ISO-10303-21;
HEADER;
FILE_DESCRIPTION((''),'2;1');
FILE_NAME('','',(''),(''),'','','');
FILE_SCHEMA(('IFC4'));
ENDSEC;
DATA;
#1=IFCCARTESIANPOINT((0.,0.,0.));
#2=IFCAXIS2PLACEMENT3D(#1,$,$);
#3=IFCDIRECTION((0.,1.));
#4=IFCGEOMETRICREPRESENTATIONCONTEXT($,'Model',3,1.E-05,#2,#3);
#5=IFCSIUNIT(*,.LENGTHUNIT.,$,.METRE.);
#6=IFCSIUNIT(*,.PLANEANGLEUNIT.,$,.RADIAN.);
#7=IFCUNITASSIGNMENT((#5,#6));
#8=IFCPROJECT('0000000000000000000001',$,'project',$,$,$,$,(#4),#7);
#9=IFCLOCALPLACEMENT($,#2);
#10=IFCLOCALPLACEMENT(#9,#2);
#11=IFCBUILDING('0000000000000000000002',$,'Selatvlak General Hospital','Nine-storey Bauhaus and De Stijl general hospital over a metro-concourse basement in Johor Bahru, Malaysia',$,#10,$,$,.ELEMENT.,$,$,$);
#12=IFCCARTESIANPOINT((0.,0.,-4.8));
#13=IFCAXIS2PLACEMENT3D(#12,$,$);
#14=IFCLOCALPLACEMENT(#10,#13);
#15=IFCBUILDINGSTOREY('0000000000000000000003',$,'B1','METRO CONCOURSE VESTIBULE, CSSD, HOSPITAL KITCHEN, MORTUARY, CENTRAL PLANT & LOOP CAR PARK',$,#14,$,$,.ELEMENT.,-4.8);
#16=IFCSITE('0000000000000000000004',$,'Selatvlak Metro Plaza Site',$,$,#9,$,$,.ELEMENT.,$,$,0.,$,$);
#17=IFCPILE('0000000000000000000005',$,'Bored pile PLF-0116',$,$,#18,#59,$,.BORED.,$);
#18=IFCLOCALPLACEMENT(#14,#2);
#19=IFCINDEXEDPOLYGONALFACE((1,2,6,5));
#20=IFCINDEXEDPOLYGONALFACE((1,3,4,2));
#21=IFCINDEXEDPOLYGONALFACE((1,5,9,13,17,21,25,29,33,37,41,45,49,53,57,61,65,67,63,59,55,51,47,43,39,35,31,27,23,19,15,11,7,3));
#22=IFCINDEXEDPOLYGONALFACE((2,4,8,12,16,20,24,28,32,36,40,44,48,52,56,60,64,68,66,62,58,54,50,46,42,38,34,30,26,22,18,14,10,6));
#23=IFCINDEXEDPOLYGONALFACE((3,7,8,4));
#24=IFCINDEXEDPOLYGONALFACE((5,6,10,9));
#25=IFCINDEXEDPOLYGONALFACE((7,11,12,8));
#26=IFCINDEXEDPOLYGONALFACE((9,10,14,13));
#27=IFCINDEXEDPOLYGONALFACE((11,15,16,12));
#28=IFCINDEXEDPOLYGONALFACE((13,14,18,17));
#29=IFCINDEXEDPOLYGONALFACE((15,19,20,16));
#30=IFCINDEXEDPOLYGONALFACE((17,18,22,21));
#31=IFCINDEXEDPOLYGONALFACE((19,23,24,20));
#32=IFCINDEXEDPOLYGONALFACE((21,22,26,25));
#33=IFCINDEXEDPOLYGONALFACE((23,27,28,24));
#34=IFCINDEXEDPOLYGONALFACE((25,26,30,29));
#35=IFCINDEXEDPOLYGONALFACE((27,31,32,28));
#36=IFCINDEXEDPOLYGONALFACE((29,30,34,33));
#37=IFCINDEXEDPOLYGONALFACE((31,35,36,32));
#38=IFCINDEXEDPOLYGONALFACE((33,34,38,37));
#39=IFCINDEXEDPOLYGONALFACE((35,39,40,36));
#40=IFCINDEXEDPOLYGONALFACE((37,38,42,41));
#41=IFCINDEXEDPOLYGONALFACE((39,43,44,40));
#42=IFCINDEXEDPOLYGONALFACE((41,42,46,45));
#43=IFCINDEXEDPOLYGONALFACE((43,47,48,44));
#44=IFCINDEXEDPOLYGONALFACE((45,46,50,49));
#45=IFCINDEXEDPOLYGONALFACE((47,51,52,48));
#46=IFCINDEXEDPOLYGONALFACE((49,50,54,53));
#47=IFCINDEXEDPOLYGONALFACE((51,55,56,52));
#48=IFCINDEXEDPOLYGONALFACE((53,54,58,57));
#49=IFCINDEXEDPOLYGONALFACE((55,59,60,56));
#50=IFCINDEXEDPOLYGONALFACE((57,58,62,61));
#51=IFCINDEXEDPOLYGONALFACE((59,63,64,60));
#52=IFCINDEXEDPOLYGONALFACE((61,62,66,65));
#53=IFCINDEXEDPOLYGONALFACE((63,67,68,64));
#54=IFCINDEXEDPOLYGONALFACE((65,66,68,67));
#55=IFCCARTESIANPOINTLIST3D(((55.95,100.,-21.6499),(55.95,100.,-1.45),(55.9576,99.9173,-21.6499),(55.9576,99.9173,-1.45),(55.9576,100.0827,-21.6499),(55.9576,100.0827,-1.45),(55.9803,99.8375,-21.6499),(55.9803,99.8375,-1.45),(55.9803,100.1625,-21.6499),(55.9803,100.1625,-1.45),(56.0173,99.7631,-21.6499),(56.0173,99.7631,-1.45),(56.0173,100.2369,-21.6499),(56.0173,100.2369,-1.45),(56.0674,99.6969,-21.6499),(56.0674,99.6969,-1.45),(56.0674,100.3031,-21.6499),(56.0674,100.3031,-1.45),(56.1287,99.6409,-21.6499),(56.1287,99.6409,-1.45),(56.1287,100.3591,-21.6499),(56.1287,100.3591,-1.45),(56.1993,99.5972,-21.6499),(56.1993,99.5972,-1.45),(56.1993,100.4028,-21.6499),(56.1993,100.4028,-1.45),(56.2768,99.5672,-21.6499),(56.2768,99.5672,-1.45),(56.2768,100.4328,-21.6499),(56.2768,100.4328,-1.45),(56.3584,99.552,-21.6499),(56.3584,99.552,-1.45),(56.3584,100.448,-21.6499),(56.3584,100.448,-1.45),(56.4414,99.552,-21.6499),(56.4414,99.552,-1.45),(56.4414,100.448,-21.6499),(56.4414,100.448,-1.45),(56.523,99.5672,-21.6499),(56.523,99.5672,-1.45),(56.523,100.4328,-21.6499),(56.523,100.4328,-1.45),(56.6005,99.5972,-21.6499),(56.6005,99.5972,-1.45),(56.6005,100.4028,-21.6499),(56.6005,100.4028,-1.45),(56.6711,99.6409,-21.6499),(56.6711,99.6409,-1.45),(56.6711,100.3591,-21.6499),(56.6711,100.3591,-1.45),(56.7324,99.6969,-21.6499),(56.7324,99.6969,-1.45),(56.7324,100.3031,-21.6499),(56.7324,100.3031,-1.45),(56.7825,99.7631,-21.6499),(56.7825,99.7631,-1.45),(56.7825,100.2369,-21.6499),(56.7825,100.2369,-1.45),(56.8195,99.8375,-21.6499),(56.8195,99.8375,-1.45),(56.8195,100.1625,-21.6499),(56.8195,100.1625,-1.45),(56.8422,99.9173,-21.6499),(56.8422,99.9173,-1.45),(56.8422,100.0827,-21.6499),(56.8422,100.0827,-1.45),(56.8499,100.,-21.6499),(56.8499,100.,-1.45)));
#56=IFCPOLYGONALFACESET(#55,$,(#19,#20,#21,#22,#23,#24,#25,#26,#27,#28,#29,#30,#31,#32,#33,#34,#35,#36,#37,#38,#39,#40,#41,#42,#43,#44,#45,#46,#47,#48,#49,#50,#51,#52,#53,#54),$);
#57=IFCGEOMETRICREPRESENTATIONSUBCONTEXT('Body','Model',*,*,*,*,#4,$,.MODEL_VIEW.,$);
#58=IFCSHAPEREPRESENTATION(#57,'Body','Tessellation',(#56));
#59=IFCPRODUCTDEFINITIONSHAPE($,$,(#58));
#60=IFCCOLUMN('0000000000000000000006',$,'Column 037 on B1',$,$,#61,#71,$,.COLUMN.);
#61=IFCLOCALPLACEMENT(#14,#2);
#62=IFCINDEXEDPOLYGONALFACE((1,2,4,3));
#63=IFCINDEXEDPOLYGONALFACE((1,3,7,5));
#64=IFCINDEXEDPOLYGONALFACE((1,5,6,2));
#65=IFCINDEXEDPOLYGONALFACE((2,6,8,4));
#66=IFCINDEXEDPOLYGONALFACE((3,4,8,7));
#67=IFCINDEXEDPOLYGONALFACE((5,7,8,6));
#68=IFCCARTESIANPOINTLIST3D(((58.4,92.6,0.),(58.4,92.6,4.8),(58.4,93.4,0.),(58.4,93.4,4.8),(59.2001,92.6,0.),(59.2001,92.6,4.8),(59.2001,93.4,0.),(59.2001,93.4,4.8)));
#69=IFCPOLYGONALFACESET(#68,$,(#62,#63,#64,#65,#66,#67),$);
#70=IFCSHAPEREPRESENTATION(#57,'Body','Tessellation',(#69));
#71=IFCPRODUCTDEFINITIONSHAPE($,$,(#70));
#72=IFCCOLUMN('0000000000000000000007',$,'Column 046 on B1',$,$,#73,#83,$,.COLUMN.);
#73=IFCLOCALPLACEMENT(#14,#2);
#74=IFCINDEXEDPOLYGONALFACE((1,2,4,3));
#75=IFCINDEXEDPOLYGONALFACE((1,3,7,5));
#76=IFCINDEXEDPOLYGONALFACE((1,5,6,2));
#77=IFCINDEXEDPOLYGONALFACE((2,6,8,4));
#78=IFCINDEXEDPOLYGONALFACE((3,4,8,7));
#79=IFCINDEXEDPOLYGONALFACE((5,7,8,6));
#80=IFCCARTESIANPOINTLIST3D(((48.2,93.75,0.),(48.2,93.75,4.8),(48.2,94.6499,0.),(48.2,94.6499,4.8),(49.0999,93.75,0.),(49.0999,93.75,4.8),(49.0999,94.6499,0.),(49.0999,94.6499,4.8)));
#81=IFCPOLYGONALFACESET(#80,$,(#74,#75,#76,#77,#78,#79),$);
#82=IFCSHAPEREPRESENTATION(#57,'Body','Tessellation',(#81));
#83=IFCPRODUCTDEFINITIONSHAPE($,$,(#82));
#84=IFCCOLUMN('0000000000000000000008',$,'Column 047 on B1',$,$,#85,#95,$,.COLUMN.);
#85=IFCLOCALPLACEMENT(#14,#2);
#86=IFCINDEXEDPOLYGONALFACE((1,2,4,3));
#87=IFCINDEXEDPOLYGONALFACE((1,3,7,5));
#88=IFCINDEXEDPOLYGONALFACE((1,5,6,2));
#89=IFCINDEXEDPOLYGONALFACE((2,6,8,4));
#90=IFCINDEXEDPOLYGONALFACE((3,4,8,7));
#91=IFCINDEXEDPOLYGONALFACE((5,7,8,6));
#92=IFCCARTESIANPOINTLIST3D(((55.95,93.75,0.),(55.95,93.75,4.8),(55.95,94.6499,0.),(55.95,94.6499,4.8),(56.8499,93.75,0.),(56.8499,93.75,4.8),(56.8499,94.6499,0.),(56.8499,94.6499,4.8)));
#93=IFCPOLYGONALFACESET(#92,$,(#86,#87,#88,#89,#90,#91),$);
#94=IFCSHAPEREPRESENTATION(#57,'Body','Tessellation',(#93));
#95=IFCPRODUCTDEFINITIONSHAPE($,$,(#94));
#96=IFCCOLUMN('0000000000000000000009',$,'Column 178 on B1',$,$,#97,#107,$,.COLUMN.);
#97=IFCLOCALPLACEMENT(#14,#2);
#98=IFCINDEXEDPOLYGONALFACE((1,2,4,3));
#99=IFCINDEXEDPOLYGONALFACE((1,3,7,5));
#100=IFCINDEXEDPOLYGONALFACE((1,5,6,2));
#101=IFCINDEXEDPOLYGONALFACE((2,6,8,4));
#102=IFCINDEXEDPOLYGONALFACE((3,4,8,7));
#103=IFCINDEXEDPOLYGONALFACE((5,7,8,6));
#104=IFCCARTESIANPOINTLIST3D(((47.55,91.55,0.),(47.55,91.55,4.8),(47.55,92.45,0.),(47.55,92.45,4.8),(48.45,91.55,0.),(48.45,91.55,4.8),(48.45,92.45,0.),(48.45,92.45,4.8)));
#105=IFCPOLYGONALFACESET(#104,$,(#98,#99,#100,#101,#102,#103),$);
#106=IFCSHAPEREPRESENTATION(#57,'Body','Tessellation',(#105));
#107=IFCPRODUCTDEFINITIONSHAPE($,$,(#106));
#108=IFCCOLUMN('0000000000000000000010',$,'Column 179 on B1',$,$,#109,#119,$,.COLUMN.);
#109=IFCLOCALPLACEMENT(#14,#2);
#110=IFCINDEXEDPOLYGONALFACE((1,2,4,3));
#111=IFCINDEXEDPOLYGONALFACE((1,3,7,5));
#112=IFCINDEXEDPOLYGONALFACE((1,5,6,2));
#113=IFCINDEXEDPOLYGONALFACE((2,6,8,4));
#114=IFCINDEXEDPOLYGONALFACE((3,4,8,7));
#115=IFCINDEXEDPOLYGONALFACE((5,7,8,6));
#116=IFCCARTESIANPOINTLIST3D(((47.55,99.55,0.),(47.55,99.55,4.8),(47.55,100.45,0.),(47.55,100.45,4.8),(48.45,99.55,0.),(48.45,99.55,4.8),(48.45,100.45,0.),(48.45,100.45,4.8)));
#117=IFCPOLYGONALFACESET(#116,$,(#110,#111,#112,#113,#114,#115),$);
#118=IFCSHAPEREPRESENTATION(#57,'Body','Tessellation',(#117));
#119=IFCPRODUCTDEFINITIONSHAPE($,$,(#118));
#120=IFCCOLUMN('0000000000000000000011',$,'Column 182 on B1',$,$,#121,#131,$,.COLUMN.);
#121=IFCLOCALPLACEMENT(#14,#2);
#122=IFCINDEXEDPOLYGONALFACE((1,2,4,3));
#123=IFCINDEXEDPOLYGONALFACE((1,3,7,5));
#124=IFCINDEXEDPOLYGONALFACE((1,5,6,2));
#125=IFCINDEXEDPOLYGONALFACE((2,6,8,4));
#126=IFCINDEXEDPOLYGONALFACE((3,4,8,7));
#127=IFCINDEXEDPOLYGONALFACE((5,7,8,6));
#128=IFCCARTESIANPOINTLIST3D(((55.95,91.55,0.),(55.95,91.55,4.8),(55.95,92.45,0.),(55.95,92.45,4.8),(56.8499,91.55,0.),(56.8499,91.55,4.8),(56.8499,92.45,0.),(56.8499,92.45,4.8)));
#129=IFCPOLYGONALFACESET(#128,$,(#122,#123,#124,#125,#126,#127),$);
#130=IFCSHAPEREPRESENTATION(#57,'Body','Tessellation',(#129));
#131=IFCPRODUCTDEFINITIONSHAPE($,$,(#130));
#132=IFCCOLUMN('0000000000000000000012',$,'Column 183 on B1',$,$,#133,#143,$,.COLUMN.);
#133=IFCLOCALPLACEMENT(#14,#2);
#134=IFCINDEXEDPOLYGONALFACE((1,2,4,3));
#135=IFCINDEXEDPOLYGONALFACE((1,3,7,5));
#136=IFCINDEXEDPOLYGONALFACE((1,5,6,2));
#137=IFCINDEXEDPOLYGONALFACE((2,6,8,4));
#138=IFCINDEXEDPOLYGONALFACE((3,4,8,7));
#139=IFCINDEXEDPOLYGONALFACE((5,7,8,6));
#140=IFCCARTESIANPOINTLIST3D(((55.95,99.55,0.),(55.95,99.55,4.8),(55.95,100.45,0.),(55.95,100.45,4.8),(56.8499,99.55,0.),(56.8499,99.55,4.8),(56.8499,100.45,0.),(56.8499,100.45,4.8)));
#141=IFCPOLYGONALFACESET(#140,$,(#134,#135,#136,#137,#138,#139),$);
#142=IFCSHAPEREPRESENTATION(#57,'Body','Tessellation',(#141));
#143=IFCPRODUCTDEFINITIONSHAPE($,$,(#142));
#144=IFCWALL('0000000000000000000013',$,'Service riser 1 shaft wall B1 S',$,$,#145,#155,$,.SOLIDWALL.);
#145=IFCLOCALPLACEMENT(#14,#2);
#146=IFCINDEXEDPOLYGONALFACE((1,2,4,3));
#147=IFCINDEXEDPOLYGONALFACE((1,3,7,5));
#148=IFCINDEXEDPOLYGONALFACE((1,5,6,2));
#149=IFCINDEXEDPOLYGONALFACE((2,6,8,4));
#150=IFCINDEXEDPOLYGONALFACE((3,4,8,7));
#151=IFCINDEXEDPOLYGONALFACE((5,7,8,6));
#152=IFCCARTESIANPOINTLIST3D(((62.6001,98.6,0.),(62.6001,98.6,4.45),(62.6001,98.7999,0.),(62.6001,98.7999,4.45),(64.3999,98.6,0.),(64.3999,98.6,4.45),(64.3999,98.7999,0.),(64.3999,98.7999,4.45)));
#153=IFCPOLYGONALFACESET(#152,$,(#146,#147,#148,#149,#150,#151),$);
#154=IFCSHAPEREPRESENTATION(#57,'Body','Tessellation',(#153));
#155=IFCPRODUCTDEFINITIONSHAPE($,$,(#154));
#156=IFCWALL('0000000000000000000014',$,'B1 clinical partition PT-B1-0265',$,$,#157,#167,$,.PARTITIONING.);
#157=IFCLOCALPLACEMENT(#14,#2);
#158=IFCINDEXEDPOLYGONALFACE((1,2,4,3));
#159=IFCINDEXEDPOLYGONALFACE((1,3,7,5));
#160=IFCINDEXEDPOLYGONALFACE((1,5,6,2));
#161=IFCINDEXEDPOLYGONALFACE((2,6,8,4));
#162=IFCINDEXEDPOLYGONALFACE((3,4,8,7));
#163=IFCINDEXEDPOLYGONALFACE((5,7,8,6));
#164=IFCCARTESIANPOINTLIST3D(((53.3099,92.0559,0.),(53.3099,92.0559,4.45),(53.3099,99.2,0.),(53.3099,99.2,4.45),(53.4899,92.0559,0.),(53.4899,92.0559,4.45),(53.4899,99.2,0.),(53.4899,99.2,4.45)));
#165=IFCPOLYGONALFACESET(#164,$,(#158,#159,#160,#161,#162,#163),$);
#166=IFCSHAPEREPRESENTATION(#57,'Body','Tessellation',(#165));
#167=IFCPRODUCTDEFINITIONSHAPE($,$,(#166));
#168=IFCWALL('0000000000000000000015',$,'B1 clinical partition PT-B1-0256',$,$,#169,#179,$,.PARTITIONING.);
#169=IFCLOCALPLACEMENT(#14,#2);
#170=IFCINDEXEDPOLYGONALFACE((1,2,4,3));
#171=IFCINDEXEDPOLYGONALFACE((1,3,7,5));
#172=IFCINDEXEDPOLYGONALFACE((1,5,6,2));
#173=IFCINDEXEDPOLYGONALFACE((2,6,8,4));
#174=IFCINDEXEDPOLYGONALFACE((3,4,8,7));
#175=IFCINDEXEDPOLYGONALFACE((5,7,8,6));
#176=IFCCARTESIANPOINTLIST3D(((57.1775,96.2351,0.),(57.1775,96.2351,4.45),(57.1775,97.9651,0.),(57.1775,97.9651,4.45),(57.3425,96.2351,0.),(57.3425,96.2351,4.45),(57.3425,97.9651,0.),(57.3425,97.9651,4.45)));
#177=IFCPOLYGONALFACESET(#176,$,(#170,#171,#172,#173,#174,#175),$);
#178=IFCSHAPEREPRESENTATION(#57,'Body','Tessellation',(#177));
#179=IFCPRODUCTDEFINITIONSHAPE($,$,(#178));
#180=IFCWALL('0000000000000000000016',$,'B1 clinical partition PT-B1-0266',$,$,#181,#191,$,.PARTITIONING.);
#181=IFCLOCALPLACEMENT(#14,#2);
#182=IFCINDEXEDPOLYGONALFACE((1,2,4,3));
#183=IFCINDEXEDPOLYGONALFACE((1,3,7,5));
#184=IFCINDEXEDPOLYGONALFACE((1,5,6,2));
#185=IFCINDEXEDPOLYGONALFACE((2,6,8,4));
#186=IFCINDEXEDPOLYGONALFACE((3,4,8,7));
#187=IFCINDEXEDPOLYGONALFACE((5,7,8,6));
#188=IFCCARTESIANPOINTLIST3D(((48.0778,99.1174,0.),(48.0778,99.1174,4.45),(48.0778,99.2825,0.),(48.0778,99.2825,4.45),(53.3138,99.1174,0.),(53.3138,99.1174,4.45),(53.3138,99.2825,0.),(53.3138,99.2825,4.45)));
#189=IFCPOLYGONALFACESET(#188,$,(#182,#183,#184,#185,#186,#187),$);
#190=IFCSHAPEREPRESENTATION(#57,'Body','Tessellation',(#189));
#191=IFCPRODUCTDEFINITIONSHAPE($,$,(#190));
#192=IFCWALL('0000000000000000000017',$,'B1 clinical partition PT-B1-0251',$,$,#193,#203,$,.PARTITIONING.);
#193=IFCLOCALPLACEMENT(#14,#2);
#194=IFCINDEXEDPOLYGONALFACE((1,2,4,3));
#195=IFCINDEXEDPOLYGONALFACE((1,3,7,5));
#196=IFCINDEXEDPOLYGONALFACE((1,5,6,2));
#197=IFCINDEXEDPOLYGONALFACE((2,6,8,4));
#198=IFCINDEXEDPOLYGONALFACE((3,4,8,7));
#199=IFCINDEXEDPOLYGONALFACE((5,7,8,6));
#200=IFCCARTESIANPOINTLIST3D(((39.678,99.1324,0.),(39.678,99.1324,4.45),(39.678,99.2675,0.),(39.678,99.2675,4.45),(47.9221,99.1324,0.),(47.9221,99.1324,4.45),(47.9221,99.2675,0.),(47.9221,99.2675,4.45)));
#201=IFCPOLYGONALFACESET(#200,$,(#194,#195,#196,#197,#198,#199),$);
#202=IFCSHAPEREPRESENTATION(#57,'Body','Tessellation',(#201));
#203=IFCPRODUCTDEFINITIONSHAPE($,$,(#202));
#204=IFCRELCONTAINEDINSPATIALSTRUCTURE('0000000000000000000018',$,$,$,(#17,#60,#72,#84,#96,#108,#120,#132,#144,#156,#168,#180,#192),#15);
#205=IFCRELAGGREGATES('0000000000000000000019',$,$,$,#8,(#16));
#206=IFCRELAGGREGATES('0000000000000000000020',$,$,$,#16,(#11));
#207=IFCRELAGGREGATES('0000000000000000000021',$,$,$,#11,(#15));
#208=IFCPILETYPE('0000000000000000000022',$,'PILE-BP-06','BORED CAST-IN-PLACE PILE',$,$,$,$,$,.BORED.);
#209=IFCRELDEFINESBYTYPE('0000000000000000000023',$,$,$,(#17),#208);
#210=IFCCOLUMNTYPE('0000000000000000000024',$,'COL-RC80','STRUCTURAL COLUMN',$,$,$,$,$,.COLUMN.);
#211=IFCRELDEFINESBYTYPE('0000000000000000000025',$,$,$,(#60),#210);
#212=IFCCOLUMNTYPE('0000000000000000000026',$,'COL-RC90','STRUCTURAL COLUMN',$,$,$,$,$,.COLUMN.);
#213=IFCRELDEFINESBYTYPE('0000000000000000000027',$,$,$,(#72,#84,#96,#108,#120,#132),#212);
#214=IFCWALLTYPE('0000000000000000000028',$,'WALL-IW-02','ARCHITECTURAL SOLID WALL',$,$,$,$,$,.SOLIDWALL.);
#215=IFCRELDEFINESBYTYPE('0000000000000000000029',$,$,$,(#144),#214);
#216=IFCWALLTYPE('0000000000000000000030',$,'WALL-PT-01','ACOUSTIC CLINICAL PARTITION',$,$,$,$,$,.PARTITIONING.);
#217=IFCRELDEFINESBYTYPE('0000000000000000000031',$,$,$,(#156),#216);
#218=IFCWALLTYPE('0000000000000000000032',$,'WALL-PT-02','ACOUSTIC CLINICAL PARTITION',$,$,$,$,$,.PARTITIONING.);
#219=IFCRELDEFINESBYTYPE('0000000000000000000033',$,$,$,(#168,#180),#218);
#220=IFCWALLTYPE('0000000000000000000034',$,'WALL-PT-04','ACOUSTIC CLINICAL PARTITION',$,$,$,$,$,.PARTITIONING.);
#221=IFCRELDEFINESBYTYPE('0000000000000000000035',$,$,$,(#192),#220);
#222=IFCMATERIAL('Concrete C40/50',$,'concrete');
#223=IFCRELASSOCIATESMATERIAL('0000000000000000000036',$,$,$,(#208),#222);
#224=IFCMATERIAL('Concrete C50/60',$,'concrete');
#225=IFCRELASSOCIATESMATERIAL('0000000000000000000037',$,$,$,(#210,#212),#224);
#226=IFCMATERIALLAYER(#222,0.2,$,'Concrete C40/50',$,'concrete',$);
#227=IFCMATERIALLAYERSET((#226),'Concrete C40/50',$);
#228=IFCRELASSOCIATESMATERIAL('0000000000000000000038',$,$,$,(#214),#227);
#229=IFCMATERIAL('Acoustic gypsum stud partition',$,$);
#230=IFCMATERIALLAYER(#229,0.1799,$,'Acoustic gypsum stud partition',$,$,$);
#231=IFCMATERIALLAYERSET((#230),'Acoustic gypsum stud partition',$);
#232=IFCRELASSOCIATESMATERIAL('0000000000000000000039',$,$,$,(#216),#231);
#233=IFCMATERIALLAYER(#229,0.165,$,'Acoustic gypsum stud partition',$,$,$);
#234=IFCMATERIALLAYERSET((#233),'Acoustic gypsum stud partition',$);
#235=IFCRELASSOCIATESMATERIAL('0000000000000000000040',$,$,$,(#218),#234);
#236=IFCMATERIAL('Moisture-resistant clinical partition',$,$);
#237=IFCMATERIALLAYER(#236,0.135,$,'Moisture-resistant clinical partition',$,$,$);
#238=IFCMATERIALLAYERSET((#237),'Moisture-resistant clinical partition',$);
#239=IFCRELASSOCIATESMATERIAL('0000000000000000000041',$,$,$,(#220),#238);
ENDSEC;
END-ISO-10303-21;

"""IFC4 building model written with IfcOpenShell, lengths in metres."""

from ifc_helpers import new_model, si_unit, direction, frame, frame_2d, origin, origin_2d, place, context, subcontext, project, spatial, rectangle, circle, extrude, material, layer, layer_set, material_profile, profile_set, type_object, element, save


model = new_model("IFC4")

# Units and contexts
model_context = context("Model", 3, precision=1e-05, world=origin(), true_north=direction((0.0, 1.0)))
body_context = subcontext(model_context, "Body", "Model", "MODEL_VIEW")
ifc_project = project(units=[si_unit("LENGTHUNIT", "METRE"), si_unit("PLANEANGLEUNIT", "RADIAN")], contexts=[model_context])

# Site, building, storey
site_placement = place(None, origin())
site = spatial("IfcSite", under=ifc_project, at=site_placement, Name="Selatvlak Metro Plaza Site", CompositionType="ELEMENT", RefElevation=0.0)
building_placement = place(site_placement, origin())
building = spatial("IfcBuilding", under=site, at=building_placement, Name="Selatvlak General Hospital", Description="Nine-storey Bauhaus and De Stijl general hospital over a metro-concourse basement in Johor Bahru, Malaysia", CompositionType="ELEMENT")
storey_placement = place(building_placement, frame((0.0, 0.0, -4.8)))
storey = spatial("IfcBuildingStorey", under=building, at=storey_placement, Name="B1", Description="METRO CONCOURSE VESTIBULE, CSSD, HOSPITAL KITCHEN, MORTUARY, CENTRAL PLANT & LOOP CAR PARK", CompositionType="ELEMENT", Elevation=-4.8)

# Shared definitions
ifc_material_1 = material(Name="Concrete C40/50", Category="concrete")

# Pile
ifc_material_profile_1 = material_profile(ifc_material_1, circle(Radius=0.45, at=origin_2d()), Name="BORED PILE 900")
ifc_profile_set_1 = profile_set([ifc_material_profile_1], Name="Concrete C40/50")
pile_type_1 = type_object("IfcPileType", Name="PILE-BP-06", Description="BORED CAST-IN-PLACE PILE", PredefinedType="BORED", material=ifc_profile_set_1)
pile_1_placement = place(storey_placement, frame((56.3999, 100.0, -1.45), z_axis=(0.0, 0.0, -1.0), x_axis=(1.0, 0.0, 0.0)))
element("IfcPile", 1, at=pile_1_placement, inside=storey, type_object=pile_type_1, Name="Bored pile PLF-0116", PredefinedType="BORED", context=body_context, shape_type="SweptSolid", body=[
    extrude(circle(Radius=0.45, at=origin_2d()), origin(), (0.0, 0.0, 1.0), 20.2),
])

# Columns
ifc_material_2 = material(Name="Concrete C50/60", Category="concrete")
ifc_material_profile_2 = material_profile(ifc_material_2, rectangle(XDim=0.8, YDim=0.8, at=origin_2d()), Name="RC-COL 800x800")
ifc_profile_set_2 = profile_set([ifc_material_profile_2], Name="Concrete C50/60")
column_type_1 = type_object("IfcColumnType", Name="COL-RC80", Description="STRUCTURAL COLUMN", PredefinedType="COLUMN", material=ifc_profile_set_2)
column_placement = place(storey_placement, frame((58.8, 93.0, 0.0), z_axis=(0.0, 0.0, 1.0), x_axis=(1.0, 0.0, 0.0)))
element("IfcColumn", 2, at=column_placement, inside=storey, type_object=column_type_1, Name="Column 037 on B1", PredefinedType="COLUMN", context=body_context, shape_type="SweptSolid", body=[
    extrude(rectangle(XDim=0.8, YDim=0.8, at=origin_2d()), origin(), (0.0, 0.0, 1.0), 4.8),
])
ifc_material_profile_3 = material_profile(ifc_material_2, rectangle(XDim=0.8999, YDim=0.8999, at=origin_2d()), Name="RC-COL 900x900")
ifc_profile_set_3 = profile_set([ifc_material_profile_3], Name="Concrete C50/60")
column_type_2 = type_object("IfcColumnType", Name="COL-RC90", Description="STRUCTURAL COLUMN", PredefinedType="COLUMN", material=ifc_profile_set_3)
for number, where, z_axis, x_axis, name in (
    (3, (48.6499, 94.2, 0.0), (0.0, 0.0, 1.0), (1.0, 0.0, 0.0), "Column 046 on B1"),
    (4, (56.3999, 94.2, 0.0), (0.0, 0.0, 1.0), (1.0, 0.0, 0.0), "Column 047 on B1"),
    (5, (48.0, 92.0, 0.0), (0.0, 0.0, 1.0), (1.0, 0.0, 0.0), "Column 178 on B1"),
    (6, (48.0, 100.0, 0.0), (0.0, 0.0, 1.0), (1.0, 0.0, 0.0), "Column 179 on B1"),
    (7, (56.3999, 92.0, 0.0), (0.0, 0.0, 1.0), (1.0, 0.0, 0.0), "Column 182 on B1"),
    (8, (56.3999, 100.0, 0.0), (0.0, 0.0, 1.0), (1.0, 0.0, 0.0), "Column 183 on B1"),
):
    element("IfcColumn", number, at=place(storey_placement, frame(where, z_axis=z_axis, x_axis=x_axis)), inside=storey, type_object=column_type_2, Name=name, PredefinedType="COLUMN", context=body_context, shape_type="SweptSolid", body=[
        extrude(rectangle(XDim=0.8999, YDim=0.8999, at=origin_2d()), origin(), (0.0, 0.0, 1.0), 4.8),
    ])

# Walls
ifc_layer_1 = layer(ifc_material_1, 0.2, Name="Concrete C40/50", Category="concrete")
ifc_layer_set_1 = layer_set([ifc_layer_1], Name="Concrete C40/50")
wall_type_1 = type_object("IfcWallType", Name="WALL-IW-02", Description="ARCHITECTURAL SOLID WALL", PredefinedType="SOLIDWALL", material=ifc_layer_set_1)
wall_1_placement = place(storey_placement, frame((62.6001, 98.7, 0.0), z_axis=(0.0, 0.0, 1.0), x_axis=(1.0, 0.0, 0.0)))
element("IfcWall", 9, at=wall_1_placement, inside=storey, type_object=wall_type_1, Name="Service riser 1 shaft wall B1 S", PredefinedType="SOLIDWALL", context=body_context, shape_type="SweptSolid", body=[
    extrude(rectangle(XDim=1.7998, YDim=0.2, at=frame_2d((0.8999, 0.0))), origin(), (0.0, 0.0, 1.0), 4.45),
])
ifc_material_3 = material(Name="Acoustic gypsum stud partition")
ifc_layer_2 = layer(ifc_material_3, 0.1799, Name="Acoustic gypsum stud partition")
ifc_layer_set_2 = layer_set([ifc_layer_2], Name="Acoustic gypsum stud partition")
wall_type_2 = type_object("IfcWallType", Name="WALL-PT-01", Description="ACOUSTIC CLINICAL PARTITION", PredefinedType="PARTITIONING", material=ifc_layer_set_2)
wall_2_placement = place(storey_placement, frame((53.3999, 92.0559, 0.0), z_axis=(0.0, 0.0, 1.0), x_axis=(0.0, 1.0, 0.0)))
element("IfcWall", 10, at=wall_2_placement, inside=storey, type_object=wall_type_2, Name="B1 clinical partition PT-B1-0265", PredefinedType="PARTITIONING", context=body_context, shape_type="SweptSolid", body=[
    extrude(rectangle(XDim=7.144, YDim=0.1799, at=frame_2d((3.572, 0.0))), origin(), (0.0, 0.0, 1.0), 4.45),
])
ifc_layer_3 = layer(ifc_material_3, 0.165, Name="Acoustic gypsum stud partition")
ifc_layer_set_3 = layer_set([ifc_layer_3], Name="Acoustic gypsum stud partition")
wall_type_3 = type_object("IfcWallType", Name="WALL-PT-02", Description="ACOUSTIC CLINICAL PARTITION", PredefinedType="PARTITIONING", material=ifc_layer_set_3)
wall_3_placement = place(storey_placement, frame((57.26, 96.2351, 0.0), z_axis=(0.0, 0.0, 1.0), x_axis=(0.0, 1.0, 0.0)))
element("IfcWall", 11, at=wall_3_placement, inside=storey, type_object=wall_type_3, Name="B1 clinical partition PT-B1-0256", PredefinedType="PARTITIONING", context=body_context, shape_type="SweptSolid", body=[
    extrude(rectangle(XDim=1.73, YDim=0.165, at=frame_2d((0.865, 0.0))), origin(), (0.0, 0.0, 1.0), 4.45),
])
wall_4_placement = place(storey_placement, frame((53.314, 99.2, 0.0), z_axis=(0.0, 0.0, 1.0), x_axis=(-1.0, 0.0, 0.0)))
element("IfcWall", 12, at=wall_4_placement, inside=storey, type_object=wall_type_3, Name="B1 clinical partition PT-B1-0266", PredefinedType="PARTITIONING", context=body_context, shape_type="SweptSolid", body=[
    extrude(rectangle(XDim=5.2361, YDim=0.165, at=frame_2d((2.6182, 0.0))), origin(), (0.0, 0.0, 1.0), 4.45),
])
ifc_material_4 = material(Name="Moisture-resistant clinical partition")
ifc_layer_4 = layer(ifc_material_4, 0.135, Name="Moisture-resistant clinical partition")
ifc_layer_set_4 = layer_set([ifc_layer_4], Name="Moisture-resistant clinical partition")
wall_type_4 = type_object("IfcWallType", Name="WALL-PT-04", Description="ACOUSTIC CLINICAL PARTITION", PredefinedType="PARTITIONING", material=ifc_layer_set_4)
wall_5_placement = place(storey_placement, frame((47.9221, 99.2, 0.0), z_axis=(0.0, 0.0, 1.0), x_axis=(-1.0, 0.0, 0.0)))
element("IfcWall", 13, at=wall_5_placement, inside=storey, type_object=wall_type_4, Name="B1 clinical partition PT-B1-0251", PredefinedType="PARTITIONING", context=body_context, shape_type="SweptSolid", body=[
    extrude(rectangle(XDim=8.2441, YDim=0.135, at=frame_2d((4.1221, 0.0))), origin(), (0.0, 0.0, 1.0), 4.45),
])

save(model, "model.ifc")
